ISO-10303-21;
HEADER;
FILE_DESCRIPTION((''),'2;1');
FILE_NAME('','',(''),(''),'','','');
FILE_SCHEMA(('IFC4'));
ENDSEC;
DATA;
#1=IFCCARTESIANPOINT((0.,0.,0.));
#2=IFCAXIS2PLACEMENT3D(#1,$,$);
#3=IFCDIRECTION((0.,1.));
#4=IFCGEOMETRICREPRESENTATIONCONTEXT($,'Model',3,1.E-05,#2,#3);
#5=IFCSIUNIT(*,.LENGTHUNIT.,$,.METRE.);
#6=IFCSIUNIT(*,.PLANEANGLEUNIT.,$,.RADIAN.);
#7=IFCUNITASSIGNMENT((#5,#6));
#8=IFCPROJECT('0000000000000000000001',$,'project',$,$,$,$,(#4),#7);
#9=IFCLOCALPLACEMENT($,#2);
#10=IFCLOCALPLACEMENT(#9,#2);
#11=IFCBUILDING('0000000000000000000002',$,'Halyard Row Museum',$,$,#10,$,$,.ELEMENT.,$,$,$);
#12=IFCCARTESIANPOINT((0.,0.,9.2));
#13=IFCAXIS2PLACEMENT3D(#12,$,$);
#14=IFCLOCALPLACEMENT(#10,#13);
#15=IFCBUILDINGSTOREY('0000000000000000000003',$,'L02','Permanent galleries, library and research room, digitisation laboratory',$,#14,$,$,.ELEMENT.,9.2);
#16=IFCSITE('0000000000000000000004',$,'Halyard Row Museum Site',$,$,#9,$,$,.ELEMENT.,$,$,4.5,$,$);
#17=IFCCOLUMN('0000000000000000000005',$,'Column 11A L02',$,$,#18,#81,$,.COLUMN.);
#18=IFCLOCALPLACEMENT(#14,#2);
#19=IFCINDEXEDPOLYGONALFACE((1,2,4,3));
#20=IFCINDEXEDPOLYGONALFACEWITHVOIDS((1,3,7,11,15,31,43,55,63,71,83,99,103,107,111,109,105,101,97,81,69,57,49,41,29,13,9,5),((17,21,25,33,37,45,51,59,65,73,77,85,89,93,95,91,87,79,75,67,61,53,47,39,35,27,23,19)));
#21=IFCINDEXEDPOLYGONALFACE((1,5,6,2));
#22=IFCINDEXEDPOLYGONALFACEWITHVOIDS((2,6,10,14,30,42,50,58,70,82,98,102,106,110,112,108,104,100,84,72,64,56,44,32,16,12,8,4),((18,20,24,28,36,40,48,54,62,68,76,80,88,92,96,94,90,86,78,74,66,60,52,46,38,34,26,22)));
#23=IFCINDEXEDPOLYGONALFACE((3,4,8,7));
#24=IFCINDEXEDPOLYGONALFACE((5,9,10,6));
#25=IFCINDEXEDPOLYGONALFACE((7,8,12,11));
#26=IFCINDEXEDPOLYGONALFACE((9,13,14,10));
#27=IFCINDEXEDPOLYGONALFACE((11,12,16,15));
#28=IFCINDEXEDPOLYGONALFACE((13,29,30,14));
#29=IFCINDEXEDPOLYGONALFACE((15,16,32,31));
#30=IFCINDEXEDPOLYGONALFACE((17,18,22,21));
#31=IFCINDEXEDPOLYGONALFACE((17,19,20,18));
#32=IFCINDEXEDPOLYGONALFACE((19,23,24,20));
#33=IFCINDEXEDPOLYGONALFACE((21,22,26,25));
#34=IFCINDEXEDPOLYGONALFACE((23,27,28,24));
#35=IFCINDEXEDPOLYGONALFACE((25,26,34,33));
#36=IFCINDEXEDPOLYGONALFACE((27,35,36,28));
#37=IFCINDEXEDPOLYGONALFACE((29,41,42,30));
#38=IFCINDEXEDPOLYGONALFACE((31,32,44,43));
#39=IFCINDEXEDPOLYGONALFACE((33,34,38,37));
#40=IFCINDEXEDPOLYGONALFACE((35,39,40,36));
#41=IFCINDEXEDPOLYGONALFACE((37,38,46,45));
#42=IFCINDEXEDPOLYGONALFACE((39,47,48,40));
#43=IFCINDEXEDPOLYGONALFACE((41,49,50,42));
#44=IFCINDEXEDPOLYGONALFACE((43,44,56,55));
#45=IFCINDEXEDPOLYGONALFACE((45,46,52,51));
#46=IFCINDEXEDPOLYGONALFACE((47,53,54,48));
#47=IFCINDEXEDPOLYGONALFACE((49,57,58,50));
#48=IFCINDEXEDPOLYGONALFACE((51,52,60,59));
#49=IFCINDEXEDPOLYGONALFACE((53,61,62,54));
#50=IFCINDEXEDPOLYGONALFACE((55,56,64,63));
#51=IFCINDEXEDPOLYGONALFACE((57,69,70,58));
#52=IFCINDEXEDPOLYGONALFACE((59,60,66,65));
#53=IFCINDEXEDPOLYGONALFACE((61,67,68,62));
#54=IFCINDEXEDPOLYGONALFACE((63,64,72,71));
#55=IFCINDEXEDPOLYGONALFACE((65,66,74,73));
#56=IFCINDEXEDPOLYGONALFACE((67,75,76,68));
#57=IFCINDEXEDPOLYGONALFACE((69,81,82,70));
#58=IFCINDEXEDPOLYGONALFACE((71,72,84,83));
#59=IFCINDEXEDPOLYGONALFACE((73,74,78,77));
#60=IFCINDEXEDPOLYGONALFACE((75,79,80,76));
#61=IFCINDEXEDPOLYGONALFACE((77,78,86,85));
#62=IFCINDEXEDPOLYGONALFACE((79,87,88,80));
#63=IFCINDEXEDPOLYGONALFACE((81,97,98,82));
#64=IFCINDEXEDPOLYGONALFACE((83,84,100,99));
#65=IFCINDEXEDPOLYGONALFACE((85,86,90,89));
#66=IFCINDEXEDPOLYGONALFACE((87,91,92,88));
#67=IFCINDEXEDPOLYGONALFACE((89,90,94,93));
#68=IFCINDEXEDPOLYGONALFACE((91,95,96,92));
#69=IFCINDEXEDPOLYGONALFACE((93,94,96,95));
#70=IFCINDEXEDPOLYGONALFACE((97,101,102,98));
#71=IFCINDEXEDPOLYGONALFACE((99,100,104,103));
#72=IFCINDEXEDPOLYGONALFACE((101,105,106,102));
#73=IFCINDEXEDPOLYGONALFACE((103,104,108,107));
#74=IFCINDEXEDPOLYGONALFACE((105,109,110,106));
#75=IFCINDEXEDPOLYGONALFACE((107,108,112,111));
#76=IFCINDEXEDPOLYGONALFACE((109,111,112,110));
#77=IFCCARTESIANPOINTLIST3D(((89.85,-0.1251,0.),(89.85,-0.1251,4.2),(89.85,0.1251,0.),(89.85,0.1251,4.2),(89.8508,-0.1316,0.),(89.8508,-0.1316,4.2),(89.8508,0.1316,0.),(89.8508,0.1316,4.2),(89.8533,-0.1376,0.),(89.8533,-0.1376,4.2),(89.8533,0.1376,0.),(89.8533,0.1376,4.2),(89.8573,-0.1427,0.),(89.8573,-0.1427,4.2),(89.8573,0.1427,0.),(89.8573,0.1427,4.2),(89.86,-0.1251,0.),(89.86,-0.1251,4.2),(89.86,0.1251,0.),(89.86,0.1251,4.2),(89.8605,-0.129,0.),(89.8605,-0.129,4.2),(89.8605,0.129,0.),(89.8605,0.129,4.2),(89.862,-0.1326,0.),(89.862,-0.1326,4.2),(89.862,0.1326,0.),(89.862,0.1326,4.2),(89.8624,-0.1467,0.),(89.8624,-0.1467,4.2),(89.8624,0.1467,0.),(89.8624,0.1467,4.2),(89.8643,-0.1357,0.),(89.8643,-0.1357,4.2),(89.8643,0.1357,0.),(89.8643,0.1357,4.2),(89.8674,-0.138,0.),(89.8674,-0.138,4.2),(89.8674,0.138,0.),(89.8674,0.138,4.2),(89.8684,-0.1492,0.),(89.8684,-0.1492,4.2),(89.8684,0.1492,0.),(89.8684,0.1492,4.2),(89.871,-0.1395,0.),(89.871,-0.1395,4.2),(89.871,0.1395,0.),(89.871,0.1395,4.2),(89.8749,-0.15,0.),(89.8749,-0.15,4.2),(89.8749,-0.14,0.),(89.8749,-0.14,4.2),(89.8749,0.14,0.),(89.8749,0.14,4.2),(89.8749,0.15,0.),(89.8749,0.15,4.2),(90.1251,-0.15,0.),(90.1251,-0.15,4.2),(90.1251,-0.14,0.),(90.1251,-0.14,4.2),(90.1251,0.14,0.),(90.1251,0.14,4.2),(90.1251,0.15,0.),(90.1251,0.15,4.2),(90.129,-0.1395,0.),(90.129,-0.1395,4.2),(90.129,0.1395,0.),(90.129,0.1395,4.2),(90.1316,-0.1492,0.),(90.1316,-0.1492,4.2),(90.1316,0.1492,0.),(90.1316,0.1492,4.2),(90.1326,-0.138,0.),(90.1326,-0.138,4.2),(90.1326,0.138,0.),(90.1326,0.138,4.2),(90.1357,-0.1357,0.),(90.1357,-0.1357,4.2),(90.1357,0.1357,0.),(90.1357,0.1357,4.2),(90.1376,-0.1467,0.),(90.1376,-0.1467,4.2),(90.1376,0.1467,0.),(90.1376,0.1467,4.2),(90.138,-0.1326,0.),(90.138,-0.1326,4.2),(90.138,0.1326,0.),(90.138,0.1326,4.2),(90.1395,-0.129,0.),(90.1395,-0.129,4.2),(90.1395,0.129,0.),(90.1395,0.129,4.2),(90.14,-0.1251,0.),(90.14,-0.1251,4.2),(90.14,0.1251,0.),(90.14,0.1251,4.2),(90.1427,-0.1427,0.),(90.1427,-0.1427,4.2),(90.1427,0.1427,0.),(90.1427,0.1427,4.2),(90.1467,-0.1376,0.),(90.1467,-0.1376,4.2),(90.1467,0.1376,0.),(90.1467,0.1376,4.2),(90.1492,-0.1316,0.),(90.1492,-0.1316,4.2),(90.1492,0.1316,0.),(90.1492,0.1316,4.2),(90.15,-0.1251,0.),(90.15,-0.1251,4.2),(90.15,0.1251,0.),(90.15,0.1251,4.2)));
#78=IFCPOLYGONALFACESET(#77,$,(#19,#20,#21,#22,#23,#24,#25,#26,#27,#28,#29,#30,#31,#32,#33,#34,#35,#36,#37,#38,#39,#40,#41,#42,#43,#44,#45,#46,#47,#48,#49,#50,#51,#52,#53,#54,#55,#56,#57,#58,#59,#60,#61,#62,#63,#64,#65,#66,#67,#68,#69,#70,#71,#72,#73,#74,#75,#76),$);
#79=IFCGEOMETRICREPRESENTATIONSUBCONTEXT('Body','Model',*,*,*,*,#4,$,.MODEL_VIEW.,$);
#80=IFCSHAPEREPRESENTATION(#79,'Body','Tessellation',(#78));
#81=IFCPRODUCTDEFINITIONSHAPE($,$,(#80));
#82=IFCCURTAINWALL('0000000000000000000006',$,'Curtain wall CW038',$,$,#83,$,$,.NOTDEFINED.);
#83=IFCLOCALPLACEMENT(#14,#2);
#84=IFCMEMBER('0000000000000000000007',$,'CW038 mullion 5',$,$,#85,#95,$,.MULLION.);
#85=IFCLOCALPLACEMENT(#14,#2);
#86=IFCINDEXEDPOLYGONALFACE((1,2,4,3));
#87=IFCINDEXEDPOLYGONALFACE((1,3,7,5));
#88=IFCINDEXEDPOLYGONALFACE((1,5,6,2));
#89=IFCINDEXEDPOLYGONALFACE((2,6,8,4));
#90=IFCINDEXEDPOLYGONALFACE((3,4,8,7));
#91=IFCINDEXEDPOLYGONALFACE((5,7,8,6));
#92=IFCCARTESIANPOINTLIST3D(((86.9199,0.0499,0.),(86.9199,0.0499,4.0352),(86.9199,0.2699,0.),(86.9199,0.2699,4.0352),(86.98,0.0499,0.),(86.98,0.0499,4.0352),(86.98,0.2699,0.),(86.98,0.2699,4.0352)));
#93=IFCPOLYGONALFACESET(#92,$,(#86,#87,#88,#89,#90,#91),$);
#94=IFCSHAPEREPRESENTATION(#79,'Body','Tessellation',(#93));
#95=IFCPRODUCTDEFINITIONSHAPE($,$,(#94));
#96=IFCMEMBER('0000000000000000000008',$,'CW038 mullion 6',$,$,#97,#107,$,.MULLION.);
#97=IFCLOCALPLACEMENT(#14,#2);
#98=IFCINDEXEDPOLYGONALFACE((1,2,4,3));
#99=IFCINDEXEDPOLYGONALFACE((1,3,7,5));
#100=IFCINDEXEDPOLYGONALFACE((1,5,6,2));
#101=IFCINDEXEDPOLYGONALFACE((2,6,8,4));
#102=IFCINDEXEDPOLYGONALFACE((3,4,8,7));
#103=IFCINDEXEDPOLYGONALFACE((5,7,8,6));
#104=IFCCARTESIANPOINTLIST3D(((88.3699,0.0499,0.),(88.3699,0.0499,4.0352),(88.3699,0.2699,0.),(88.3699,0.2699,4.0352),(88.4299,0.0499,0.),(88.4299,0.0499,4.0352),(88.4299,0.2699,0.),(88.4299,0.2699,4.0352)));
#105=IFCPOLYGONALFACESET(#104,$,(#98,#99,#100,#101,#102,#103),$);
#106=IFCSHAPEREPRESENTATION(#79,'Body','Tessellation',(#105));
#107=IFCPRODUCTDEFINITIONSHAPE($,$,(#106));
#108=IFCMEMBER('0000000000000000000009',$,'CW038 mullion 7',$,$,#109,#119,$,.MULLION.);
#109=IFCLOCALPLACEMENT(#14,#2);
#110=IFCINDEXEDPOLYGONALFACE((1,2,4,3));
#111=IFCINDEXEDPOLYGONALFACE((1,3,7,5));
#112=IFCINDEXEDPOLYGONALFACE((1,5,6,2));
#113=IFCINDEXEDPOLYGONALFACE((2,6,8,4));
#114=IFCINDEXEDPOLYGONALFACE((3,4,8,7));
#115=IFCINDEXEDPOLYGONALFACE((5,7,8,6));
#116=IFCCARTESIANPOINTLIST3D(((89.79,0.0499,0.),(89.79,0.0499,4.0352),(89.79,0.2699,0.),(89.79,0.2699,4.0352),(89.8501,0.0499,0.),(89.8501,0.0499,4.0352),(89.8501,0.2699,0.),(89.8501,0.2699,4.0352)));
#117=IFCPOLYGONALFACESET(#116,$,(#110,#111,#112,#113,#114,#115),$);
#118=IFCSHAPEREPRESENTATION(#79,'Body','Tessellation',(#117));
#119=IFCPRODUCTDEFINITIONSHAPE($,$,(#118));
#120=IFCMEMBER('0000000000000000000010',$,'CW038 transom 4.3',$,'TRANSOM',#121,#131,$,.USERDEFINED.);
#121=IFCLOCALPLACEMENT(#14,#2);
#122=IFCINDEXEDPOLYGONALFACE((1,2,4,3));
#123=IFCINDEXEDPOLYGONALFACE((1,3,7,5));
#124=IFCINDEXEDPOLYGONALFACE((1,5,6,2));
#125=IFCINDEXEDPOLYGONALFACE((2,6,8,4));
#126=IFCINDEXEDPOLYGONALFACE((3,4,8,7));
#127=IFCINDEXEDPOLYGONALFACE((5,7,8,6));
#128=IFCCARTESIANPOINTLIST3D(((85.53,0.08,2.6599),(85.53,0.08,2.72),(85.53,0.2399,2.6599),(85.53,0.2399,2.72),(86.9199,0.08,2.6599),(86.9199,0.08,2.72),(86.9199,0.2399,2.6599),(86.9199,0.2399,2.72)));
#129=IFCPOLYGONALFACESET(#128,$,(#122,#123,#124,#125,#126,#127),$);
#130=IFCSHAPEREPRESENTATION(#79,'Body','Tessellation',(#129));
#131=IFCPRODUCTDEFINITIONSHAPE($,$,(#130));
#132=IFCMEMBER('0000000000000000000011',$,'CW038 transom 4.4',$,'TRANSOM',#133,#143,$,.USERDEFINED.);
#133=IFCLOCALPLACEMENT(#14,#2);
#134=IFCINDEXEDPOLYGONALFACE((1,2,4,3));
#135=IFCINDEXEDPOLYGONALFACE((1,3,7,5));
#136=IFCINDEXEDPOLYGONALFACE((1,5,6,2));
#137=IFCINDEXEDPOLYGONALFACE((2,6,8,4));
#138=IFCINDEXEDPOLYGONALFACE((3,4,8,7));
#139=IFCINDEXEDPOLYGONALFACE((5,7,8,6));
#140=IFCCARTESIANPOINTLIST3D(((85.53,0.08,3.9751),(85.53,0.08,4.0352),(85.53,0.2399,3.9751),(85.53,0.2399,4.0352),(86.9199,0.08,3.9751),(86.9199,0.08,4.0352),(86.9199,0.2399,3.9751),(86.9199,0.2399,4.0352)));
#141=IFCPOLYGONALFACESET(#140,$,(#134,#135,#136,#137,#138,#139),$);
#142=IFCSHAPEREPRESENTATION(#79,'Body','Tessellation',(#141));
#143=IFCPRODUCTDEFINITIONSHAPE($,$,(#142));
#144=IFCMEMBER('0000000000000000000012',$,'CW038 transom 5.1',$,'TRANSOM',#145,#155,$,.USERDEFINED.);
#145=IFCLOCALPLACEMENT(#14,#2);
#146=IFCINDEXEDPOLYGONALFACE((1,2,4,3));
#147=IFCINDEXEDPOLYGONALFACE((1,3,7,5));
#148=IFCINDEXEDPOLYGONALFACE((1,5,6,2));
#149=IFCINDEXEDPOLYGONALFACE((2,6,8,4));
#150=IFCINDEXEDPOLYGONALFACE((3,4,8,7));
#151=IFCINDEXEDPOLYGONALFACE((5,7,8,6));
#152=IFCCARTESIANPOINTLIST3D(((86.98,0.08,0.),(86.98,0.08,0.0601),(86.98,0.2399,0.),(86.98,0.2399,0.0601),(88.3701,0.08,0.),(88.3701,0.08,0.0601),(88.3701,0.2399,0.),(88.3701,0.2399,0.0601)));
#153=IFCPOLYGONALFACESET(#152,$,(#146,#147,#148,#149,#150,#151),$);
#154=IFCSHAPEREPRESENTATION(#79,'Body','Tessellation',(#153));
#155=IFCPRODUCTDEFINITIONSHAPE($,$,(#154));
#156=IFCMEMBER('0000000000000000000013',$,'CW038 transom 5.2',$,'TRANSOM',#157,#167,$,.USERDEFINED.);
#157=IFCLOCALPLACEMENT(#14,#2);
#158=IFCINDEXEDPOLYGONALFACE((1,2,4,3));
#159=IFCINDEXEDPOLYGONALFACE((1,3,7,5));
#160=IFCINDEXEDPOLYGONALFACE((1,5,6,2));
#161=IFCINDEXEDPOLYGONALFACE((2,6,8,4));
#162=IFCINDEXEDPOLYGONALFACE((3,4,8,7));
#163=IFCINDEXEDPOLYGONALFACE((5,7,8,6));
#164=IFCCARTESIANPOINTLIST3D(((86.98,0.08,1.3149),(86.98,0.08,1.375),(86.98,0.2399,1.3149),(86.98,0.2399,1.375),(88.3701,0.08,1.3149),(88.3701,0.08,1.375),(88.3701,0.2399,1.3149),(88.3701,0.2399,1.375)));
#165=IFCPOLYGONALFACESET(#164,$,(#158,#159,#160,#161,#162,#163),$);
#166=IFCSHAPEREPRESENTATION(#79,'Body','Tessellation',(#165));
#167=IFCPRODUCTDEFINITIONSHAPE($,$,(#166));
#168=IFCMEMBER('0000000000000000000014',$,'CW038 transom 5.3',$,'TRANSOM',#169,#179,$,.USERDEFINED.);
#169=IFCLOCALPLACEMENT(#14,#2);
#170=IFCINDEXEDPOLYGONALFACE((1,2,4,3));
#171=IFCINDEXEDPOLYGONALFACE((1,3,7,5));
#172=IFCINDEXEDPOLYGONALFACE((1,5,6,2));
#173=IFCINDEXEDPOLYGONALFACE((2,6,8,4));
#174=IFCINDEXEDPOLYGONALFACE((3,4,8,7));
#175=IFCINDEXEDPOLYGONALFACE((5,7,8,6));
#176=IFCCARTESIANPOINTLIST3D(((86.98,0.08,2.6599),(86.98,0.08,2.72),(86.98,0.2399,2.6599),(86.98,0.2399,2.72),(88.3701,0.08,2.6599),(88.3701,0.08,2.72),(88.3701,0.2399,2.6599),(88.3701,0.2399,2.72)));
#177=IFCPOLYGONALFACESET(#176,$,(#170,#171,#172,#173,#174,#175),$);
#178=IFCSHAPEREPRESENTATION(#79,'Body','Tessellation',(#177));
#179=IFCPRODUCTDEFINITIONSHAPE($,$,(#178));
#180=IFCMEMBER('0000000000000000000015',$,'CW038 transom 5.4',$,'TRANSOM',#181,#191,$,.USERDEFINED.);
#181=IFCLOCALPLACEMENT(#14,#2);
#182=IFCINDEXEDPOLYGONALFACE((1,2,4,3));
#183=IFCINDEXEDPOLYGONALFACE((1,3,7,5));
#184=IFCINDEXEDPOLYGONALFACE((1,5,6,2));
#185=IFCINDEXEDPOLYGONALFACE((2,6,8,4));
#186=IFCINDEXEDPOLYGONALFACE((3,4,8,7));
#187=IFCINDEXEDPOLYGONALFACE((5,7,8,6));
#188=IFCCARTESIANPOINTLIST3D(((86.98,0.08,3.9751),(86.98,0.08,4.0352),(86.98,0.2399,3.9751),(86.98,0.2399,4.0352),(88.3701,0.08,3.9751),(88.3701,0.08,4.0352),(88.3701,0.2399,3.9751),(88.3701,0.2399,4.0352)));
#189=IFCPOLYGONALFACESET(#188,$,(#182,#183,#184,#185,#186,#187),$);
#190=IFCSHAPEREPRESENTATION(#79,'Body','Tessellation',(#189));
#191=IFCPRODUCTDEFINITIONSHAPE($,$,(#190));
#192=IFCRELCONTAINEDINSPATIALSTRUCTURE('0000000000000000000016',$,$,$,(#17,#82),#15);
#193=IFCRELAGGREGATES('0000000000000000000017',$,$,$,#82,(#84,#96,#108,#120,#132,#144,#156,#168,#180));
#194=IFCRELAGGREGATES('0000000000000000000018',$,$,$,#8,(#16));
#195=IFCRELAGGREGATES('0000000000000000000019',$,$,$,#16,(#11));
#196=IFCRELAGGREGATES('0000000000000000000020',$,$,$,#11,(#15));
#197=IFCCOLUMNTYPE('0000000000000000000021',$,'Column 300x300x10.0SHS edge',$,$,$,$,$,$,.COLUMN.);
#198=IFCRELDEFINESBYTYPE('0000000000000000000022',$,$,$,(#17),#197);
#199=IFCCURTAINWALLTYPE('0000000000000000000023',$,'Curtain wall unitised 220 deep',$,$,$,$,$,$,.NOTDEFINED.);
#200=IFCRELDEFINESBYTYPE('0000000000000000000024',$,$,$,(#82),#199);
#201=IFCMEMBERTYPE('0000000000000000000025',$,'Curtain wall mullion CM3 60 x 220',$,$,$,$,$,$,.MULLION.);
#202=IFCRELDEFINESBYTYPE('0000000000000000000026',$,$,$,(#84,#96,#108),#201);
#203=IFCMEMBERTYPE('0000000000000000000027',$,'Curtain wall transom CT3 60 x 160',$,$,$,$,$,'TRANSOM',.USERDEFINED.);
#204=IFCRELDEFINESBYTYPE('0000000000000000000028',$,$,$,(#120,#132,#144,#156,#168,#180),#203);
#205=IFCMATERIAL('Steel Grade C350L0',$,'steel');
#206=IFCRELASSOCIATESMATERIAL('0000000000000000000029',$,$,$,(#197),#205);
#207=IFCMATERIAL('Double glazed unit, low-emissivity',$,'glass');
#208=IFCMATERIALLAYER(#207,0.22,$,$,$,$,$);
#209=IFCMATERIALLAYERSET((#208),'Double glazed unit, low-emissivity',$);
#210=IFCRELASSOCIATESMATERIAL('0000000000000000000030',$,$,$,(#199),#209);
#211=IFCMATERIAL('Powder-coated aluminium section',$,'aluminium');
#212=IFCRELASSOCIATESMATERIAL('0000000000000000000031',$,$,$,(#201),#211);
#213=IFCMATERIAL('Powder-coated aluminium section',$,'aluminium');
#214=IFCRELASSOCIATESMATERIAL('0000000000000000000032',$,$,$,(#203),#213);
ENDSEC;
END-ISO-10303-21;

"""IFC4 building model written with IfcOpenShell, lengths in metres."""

from ifc_helpers import new_model, si_unit, direction, frame, origin, origin_2d, place, context, subcontext, project, spatial, rectangle, hollow_rectangle, extrude, material, layer, layer_set, material_profile, profile_set, type_object, element, aggregate, save


model = new_model("IFC4")

# Units and contexts
model_context = context("Model", 3, precision=1e-05, world=origin(), true_north=direction((0.0, 1.0)))
body_context = subcontext(model_context, "Body", "Model", "MODEL_VIEW")
ifc_project = project(units=[si_unit("LENGTHUNIT", "METRE"), si_unit("PLANEANGLEUNIT", "RADIAN")], contexts=[model_context])

# Site, building, storey
site_placement = place(None, origin())
site = spatial("IfcSite", under=ifc_project, at=site_placement, Name="Halyard Row Museum Site", CompositionType="ELEMENT", RefElevation=4.5)
building_placement = place(site_placement, origin())
building = spatial("IfcBuilding", under=site, at=building_placement, Name="Halyard Row Museum", CompositionType="ELEMENT")
storey_placement = place(building_placement, frame((0.0, 0.0, 9.2)))
storey = spatial("IfcBuildingStorey", under=building, at=storey_placement, Name="L02", Description="Permanent galleries, library and research room, digitisation laboratory", CompositionType="ELEMENT", Elevation=9.2)

# Column
ifc_material_1 = material(Name="Steel Grade C350L0", Category="steel")
ifc_material_profile_1 = material_profile(ifc_material_1, hollow_rectangle(XDim=0.3, YDim=0.3, WallThickness=0.01, InnerFilletRadius=0.0149, OuterFilletRadius=0.0249, at=origin_2d()), Name="300x300x10.0SHS")
ifc_profile_set_1 = profile_set([ifc_material_profile_1], Name="Steel Grade C350L0")
column_type = type_object("IfcColumnType", Name="Column 300x300x10.0SHS edge", PredefinedType="COLUMN", material=ifc_profile_set_1)
column_placement = place(storey_placement, frame((90.0, 0.0, 0.0), z_axis=(0.0, 0.0, 1.0), x_axis=(1.0, 0.0, 0.0)))
element("IfcColumn", 1, at=column_placement, inside=storey, type_object=column_type, Name="Column 11A L02", PredefinedType="COLUMN", context=body_context, shape_type="SweptSolid", body=[
    extrude(hollow_rectangle(XDim=0.3, YDim=0.3, WallThickness=0.01, InnerFilletRadius=0.0149, OuterFilletRadius=0.0249, at=origin_2d()), origin(), (0.0, 0.0, 1.0), 4.2),
])

# Curtain wall, members
ifc_material_2 = material(Name="Double glazed unit, low-emissivity", Category="glass")
ifc_layer_1 = layer(ifc_material_2, 0.22)
ifc_layer_set_1 = layer_set([ifc_layer_1], Name="Double glazed unit, low-emissivity")
curtain_wall_type = type_object("IfcCurtainWallType", Name="Curtain wall unitised 220 deep", PredefinedType="NOTDEFINED", material=ifc_layer_set_1)
curtain_wall_placement = place(storey_placement, origin())
curtain_wall = element("IfcCurtainWall", 2, at=curtain_wall_placement, inside=storey, type_object=curtain_wall_type, Name="Curtain wall CW038", PredefinedType="NOTDEFINED")
ifc_material_3 = material(Name="Powder-coated aluminium section", Category="aluminium")
ifc_material_profile_2 = material_profile(ifc_material_3, rectangle(XDim=0.22, YDim=0.0601, at=origin_2d()), Name="220x60 mullion")
ifc_profile_set_2 = profile_set([ifc_material_profile_2], Name="Powder-coated aluminium section")
member_type_1 = type_object("IfcMemberType", Name="Curtain wall mullion CM3 60 x 220", PredefinedType="MULLION", material=ifc_profile_set_2)
member_1_placement = place(storey_placement, frame((86.95, 0.1599, 0.0), z_axis=(0.0, 0.0, 1.0), x_axis=(0.0, 1.0, 0.0)))
member_1 = element("IfcMember", 3, at=member_1_placement, type_object=member_type_1, Name="CW038 mullion 5", PredefinedType="MULLION", context=body_context, shape_type="SweptSolid", body=[
    extrude(rectangle(XDim=0.22, YDim=0.0601, at=origin_2d()), origin(), (0.0, 0.0, 1.0), 4.0352),
])
member_2_placement = place(storey_placement, frame((88.3999, 0.1599, 0.0), z_axis=(0.0, 0.0, 1.0), x_axis=(0.0, 1.0, 0.0)))
member_2 = element("IfcMember", 4, at=member_2_placement, type_object=member_type_1, Name="CW038 mullion 6", PredefinedType="MULLION", context=body_context, shape_type="SweptSolid", body=[
    extrude(rectangle(XDim=0.22, YDim=0.0601, at=origin_2d()), origin(), (0.0, 0.0, 1.0), 4.0352),
])
member_3_placement = place(storey_placement, frame((89.8201, 0.1599, 0.0), z_axis=(0.0, 0.0, 1.0), x_axis=(0.0, 1.0, 0.0)))
member_3 = element("IfcMember", 5, at=member_3_placement, type_object=member_type_1, Name="CW038 mullion 7", PredefinedType="MULLION", context=body_context, shape_type="SweptSolid", body=[
    extrude(rectangle(XDim=0.22, YDim=0.0601, at=origin_2d()), origin(), (0.0, 0.0, 1.0), 4.0352),
])
ifc_material_4 = material(Name="Powder-coated aluminium section", Category="aluminium")
ifc_material_profile_3 = material_profile(ifc_material_4, rectangle(XDim=0.1599, YDim=0.0601, at=origin_2d()), Name="160x60 transom")
ifc_profile_set_3 = profile_set([ifc_material_profile_3], Name="Powder-coated aluminium section")
member_type_2 = type_object("IfcMemberType", Name="Curtain wall transom CT3 60 x 160", ElementType="TRANSOM", PredefinedType="USERDEFINED", material=ifc_profile_set_3)
member_4_placement = place(storey_placement, frame((85.53, 0.1599, 2.6899), z_axis=(1.0, 0.0, 0.0), x_axis=(0.0, 1.0, 0.0)))
member_4 = element("IfcMember", 6, at=member_4_placement, type_object=member_type_2, Name="CW038 transom 4.3", ObjectType="TRANSOM", PredefinedType="USERDEFINED", context=body_context, shape_type="SweptSolid", body=[
    extrude(rectangle(XDim=0.1599, YDim=0.0601, at=origin_2d()), origin(), (0.0, 0.0, 1.0), 1.3899),
])
member_5_placement = place(storey_placement, frame((85.53, 0.1599, 4.0051), z_axis=(1.0, 0.0, 0.0), x_axis=(0.0, 1.0, 0.0)))
member_5 = element("IfcMember", 7, at=member_5_placement, type_object=member_type_2, Name="CW038 transom 4.4", ObjectType="TRANSOM", PredefinedType="USERDEFINED", context=body_context, shape_type="SweptSolid", body=[
    extrude(rectangle(XDim=0.1599, YDim=0.0601, at=origin_2d()), origin(), (0.0, 0.0, 1.0), 1.3899),
])
member_6_placement = place(storey_placement, frame((86.98, 0.1599, 0.03), z_axis=(1.0, 0.0, 0.0), x_axis=(0.0, 1.0, 0.0)))
member_6 = element("IfcMember", 8, at=member_6_placement, type_object=member_type_2, Name="CW038 transom 5.1", ObjectType="TRANSOM", PredefinedType="USERDEFINED", context=body_context, shape_type="SweptSolid", body=[
    extrude(rectangle(XDim=0.1599, YDim=0.0601, at=origin_2d()), origin(), (0.0, 0.0, 1.0), 1.3901),
])
member_7_placement = place(storey_placement, frame((86.98, 0.1599, 1.345), z_axis=(1.0, 0.0, 0.0), x_axis=(0.0, 1.0, 0.0)))
member_7 = element("IfcMember", 9, at=member_7_placement, type_object=member_type_2, Name="CW038 transom 5.2", ObjectType="TRANSOM", PredefinedType="USERDEFINED", context=body_context, shape_type="SweptSolid", body=[
    extrude(rectangle(XDim=0.1599, YDim=0.0601, at=origin_2d()), origin(), (0.0, 0.0, 1.0), 1.3901),
])
member_8_placement = place(storey_placement, frame((86.98, 0.1599, 2.6899), z_axis=(1.0, 0.0, 0.0), x_axis=(0.0, 1.0, 0.0)))
member_8 = element("IfcMember", 10, at=member_8_placement, type_object=member_type_2, Name="CW038 transom 5.3", ObjectType="TRANSOM", PredefinedType="USERDEFINED", context=body_context, shape_type="SweptSolid", body=[
    extrude(rectangle(XDim=0.1599, YDim=0.0601, at=origin_2d()), origin(), (0.0, 0.0, 1.0), 1.3901),
])
member_9_placement = place(storey_placement, frame((86.98, 0.1599, 4.0051), z_axis=(1.0, 0.0, 0.0), x_axis=(0.0, 1.0, 0.0)))
member_9 = element("IfcMember", 11, at=member_9_placement, type_object=member_type_2, Name="CW038 transom 5.4", ObjectType="TRANSOM", PredefinedType="USERDEFINED", context=body_context, shape_type="SweptSolid", body=[
    extrude(rectangle(XDim=0.1599, YDim=0.0601, at=origin_2d()), origin(), (0.0, 0.0, 1.0), 1.3901),
])

aggregate(curtain_wall, [member_1, member_2, member_3, member_4, member_5, member_6, member_7, member_8, member_9])

save(model, "model.ifc")
